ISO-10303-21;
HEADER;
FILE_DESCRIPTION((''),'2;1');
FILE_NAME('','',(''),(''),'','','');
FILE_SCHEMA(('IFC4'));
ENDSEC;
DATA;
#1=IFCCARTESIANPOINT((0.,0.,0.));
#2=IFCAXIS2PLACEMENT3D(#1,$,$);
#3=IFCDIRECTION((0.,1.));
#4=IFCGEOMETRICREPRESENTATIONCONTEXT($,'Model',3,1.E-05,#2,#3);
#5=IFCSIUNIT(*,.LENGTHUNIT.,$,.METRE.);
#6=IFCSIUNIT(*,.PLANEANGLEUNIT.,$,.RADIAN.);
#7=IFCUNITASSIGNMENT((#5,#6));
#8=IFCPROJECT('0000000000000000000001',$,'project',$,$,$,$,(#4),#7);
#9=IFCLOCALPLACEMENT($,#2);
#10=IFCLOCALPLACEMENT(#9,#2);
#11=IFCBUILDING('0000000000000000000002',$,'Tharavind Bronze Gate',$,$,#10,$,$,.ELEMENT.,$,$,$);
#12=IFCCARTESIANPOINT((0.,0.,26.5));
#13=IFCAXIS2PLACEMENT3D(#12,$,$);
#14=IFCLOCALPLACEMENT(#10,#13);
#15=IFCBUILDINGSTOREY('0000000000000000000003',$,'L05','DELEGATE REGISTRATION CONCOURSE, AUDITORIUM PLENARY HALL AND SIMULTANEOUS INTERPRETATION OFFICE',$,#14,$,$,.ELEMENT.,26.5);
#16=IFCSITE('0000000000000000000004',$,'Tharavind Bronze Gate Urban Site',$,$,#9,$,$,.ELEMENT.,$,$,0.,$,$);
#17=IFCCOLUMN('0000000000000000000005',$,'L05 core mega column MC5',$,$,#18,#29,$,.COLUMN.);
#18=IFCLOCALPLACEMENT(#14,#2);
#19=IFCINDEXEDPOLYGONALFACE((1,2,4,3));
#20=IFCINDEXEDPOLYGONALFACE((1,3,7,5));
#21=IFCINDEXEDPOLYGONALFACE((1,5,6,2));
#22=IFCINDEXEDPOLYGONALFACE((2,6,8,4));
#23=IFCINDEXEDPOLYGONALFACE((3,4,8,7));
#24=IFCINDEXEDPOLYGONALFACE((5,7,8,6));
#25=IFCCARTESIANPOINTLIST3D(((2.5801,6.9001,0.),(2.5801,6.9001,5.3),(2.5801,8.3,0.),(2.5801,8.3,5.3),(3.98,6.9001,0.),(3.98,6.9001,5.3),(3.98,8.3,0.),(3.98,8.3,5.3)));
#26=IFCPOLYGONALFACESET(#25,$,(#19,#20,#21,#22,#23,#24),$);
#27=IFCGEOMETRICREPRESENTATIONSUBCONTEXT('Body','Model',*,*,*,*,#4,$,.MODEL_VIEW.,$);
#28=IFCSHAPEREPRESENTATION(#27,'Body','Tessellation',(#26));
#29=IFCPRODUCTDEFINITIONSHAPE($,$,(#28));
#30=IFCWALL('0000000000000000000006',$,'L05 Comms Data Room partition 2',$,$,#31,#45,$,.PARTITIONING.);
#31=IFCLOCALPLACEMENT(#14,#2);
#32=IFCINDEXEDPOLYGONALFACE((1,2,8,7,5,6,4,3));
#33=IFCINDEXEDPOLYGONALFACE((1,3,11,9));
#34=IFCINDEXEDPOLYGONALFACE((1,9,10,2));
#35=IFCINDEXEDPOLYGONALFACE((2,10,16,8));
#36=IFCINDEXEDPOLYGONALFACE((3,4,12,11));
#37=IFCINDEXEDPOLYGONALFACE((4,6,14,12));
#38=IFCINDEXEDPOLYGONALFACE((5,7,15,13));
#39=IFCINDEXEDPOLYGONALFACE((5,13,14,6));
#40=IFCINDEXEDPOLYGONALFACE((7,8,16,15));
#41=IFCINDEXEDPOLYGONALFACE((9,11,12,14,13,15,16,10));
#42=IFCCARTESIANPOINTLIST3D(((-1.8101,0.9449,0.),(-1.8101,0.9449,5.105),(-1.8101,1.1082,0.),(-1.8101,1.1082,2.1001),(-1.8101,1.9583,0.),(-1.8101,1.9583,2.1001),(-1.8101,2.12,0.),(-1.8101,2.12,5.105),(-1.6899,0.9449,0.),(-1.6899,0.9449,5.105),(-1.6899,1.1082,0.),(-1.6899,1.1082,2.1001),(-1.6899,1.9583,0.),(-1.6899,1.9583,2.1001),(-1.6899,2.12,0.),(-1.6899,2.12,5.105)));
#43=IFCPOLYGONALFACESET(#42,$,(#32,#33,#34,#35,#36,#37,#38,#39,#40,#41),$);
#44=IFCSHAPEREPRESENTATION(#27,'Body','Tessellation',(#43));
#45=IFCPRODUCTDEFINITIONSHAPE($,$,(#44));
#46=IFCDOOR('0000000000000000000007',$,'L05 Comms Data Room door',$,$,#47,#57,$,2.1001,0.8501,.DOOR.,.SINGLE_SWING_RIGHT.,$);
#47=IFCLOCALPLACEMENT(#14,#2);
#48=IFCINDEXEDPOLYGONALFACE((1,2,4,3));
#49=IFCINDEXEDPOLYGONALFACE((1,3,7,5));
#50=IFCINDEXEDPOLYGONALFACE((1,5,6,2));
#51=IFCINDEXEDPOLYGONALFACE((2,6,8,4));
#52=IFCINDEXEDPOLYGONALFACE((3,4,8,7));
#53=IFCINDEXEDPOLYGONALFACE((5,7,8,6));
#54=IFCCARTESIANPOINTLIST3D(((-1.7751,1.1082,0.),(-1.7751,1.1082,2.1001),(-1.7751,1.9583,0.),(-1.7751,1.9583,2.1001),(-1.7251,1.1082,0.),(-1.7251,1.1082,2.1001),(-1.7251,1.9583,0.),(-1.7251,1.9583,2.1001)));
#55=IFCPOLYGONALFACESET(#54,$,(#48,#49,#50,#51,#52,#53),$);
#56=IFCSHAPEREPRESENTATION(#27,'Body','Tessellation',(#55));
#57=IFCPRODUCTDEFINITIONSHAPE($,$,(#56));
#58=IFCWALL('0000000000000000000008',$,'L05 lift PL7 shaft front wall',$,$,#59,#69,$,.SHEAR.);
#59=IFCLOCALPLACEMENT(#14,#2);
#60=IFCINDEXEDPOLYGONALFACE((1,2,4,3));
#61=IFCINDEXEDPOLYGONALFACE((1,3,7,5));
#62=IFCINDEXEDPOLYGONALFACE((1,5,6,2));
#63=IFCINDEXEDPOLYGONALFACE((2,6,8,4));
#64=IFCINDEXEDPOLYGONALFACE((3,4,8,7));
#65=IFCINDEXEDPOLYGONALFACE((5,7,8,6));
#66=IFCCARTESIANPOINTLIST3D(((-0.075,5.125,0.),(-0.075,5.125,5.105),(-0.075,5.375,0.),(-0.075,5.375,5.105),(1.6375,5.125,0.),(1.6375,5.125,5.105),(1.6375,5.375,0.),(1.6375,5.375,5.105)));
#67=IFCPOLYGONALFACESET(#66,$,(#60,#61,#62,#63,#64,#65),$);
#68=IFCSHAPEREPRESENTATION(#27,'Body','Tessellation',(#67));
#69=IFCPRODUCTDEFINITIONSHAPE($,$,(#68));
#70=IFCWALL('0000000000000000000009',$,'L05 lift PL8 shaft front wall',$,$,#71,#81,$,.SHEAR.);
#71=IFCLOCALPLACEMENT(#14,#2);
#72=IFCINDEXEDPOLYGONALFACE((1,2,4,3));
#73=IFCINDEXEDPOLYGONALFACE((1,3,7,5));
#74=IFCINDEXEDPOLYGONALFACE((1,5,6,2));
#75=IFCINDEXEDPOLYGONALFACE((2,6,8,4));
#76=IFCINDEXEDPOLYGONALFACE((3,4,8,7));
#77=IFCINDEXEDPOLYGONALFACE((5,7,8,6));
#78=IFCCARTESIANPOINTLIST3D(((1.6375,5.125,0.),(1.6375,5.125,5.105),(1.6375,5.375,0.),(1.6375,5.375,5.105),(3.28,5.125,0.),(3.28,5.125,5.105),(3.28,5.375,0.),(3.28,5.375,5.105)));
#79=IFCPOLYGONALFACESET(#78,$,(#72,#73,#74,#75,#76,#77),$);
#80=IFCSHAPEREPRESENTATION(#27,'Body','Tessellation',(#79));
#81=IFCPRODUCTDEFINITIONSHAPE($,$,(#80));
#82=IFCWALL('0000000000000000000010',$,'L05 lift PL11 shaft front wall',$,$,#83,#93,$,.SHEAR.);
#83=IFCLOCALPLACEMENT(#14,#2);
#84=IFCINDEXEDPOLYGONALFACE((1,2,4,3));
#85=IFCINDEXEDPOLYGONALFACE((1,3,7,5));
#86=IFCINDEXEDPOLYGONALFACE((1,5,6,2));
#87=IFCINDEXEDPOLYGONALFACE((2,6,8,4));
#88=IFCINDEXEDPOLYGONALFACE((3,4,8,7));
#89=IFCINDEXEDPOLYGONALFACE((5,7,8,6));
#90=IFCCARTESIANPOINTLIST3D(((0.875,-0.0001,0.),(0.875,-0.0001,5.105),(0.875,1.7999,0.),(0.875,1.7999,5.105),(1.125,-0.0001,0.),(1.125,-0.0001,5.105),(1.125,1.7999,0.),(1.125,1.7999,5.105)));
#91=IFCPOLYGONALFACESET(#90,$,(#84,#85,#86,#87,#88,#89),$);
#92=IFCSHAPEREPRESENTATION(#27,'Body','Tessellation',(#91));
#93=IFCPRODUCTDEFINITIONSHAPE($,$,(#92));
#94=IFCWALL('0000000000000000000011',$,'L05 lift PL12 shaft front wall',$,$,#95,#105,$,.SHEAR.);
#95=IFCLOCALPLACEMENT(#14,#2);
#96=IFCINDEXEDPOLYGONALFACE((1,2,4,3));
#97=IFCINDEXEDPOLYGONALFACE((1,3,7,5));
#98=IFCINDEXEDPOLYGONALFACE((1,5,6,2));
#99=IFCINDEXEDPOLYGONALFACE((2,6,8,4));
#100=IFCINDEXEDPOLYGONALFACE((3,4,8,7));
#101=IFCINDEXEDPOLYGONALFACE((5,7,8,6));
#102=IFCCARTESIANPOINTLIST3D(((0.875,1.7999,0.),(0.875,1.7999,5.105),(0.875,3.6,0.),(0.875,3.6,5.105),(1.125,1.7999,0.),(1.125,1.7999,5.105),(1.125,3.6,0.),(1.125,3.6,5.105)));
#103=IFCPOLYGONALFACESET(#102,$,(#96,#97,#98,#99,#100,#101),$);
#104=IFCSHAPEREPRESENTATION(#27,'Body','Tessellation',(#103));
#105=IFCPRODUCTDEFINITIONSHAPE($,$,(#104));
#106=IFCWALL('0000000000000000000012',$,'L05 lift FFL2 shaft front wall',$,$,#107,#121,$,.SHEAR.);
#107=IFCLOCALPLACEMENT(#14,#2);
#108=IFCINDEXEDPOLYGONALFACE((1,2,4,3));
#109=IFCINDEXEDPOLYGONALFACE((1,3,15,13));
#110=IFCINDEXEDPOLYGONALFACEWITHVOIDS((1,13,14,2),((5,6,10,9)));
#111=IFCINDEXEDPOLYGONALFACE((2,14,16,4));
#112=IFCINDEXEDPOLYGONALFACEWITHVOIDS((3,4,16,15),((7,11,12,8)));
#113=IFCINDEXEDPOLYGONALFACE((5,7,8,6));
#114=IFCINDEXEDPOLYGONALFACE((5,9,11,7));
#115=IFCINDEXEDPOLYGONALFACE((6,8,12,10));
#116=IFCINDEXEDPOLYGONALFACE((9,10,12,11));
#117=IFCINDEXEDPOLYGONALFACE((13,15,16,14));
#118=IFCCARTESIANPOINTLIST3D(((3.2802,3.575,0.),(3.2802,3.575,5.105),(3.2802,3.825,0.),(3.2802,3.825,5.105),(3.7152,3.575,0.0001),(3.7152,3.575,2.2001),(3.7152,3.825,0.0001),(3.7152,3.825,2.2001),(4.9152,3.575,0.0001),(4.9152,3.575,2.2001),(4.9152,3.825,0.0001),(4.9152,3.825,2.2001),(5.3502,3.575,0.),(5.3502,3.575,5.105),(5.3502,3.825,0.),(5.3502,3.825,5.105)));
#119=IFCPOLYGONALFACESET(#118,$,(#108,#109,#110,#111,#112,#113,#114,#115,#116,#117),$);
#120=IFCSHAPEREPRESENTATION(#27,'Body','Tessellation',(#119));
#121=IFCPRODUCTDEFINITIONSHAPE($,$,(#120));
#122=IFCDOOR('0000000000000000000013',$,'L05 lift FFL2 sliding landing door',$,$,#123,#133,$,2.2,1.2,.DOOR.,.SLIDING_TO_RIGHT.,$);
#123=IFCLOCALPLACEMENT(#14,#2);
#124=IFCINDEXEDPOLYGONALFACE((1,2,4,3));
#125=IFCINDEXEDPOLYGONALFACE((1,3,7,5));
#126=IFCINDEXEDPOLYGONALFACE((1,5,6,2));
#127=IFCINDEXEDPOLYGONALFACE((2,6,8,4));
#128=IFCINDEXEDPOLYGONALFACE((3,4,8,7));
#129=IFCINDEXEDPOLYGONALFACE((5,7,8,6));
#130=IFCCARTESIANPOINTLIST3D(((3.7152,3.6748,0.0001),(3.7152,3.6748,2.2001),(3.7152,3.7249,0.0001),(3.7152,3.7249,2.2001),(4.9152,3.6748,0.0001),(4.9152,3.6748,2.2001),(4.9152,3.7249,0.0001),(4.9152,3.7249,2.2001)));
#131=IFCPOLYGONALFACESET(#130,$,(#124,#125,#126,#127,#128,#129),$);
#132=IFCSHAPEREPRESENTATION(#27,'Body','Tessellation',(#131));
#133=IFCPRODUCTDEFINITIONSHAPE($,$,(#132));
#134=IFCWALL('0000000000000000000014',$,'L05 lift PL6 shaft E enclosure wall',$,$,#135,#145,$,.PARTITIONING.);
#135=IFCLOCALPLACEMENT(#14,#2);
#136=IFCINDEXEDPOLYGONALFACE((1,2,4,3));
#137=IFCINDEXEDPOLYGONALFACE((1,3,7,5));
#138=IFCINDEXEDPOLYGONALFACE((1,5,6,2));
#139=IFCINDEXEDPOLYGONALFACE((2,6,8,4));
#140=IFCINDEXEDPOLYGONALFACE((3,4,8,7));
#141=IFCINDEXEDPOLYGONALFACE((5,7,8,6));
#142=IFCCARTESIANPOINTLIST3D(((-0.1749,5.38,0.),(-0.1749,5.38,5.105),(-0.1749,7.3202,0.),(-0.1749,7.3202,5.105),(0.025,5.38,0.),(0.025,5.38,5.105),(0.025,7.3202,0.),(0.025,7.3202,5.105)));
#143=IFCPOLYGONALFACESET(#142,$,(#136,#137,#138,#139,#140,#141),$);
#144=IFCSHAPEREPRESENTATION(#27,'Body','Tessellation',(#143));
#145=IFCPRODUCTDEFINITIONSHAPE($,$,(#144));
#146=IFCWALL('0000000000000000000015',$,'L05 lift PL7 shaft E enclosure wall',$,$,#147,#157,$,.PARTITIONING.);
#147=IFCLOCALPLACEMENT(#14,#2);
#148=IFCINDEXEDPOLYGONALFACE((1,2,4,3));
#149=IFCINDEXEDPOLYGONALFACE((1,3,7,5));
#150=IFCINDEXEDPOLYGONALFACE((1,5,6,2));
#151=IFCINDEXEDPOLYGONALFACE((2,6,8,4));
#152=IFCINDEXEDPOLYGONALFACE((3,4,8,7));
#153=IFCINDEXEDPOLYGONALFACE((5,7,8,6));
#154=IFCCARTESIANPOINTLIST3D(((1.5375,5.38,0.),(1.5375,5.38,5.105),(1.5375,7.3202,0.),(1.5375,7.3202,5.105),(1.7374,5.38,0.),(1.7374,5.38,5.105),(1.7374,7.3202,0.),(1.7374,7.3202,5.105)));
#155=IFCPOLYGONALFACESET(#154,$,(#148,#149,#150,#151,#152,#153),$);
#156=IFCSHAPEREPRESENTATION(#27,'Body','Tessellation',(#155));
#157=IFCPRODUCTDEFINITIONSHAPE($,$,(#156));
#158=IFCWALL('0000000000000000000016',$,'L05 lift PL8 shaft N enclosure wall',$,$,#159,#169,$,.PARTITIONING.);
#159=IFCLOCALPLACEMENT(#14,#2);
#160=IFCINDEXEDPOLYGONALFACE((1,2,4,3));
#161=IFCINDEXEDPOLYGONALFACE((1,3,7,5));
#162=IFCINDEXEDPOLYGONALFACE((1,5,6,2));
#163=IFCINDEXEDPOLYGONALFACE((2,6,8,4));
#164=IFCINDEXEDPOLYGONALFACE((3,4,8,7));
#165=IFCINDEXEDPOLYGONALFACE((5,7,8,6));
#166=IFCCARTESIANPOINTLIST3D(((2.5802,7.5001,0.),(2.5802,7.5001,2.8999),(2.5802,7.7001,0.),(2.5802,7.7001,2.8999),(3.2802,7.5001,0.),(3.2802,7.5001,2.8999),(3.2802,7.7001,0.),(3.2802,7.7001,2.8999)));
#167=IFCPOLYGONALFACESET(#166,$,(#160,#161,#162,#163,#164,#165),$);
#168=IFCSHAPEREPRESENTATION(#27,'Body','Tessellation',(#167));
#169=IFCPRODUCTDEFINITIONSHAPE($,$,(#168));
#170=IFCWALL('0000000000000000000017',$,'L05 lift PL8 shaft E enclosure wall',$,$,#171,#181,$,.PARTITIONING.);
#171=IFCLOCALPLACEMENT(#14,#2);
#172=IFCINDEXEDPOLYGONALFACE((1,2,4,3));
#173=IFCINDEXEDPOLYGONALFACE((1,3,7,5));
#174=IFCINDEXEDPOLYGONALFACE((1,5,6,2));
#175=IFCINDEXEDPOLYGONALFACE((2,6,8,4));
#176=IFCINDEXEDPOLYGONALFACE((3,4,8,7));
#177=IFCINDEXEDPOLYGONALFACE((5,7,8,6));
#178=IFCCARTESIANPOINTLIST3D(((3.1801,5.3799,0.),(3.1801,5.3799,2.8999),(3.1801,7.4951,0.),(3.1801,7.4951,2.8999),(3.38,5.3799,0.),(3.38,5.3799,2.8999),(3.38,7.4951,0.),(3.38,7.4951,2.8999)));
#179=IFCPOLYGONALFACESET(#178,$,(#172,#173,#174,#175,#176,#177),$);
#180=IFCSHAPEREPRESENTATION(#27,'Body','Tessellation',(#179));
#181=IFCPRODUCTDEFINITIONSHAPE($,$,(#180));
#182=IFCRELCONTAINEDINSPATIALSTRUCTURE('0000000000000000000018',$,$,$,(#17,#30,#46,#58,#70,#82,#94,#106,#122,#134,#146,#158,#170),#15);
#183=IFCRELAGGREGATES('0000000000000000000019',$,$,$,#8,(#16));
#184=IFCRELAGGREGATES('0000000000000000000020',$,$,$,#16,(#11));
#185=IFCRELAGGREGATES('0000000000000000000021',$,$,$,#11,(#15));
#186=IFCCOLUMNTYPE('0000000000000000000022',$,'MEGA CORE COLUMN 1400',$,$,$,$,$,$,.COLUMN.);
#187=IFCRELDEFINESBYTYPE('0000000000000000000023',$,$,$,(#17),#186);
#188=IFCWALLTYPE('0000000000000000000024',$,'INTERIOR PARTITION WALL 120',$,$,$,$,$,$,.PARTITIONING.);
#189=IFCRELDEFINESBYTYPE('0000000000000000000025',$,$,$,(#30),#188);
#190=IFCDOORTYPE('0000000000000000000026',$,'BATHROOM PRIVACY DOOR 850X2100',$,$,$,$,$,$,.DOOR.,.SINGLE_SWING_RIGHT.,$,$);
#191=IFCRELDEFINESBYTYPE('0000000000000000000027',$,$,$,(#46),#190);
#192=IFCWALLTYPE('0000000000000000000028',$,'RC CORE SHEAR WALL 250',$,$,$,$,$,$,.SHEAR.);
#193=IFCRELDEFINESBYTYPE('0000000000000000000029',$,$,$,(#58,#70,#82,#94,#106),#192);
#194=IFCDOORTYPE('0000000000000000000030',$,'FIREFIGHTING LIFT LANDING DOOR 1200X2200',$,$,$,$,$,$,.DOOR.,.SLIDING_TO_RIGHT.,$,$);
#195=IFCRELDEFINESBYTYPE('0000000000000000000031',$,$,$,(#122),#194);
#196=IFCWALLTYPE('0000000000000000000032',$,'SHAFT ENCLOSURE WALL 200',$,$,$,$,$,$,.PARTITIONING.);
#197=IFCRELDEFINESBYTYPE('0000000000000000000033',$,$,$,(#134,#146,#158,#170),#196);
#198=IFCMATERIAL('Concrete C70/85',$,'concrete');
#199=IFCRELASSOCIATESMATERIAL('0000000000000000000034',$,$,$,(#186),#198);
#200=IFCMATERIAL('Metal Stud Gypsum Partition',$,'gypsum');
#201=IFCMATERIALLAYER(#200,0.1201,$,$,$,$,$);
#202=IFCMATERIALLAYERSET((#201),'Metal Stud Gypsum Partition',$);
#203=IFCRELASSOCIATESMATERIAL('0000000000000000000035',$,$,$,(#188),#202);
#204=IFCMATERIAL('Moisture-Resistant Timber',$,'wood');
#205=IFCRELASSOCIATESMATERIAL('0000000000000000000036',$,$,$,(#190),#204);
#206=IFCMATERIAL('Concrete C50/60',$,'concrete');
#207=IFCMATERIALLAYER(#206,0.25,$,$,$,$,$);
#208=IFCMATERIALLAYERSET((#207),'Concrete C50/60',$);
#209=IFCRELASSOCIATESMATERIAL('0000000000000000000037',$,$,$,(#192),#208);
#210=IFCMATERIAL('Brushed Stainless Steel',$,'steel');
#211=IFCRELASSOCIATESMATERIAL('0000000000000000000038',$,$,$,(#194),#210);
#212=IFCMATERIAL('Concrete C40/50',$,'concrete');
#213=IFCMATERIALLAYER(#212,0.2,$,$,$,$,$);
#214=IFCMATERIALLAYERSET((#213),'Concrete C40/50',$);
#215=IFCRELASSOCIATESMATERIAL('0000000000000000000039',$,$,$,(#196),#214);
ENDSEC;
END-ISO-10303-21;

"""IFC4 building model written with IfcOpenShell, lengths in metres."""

from ifc_helpers import new_model, si_unit, direction, frame, frame_2d, origin, origin_2d, place, context, subcontext, project, spatial, rectangle, extrude, material, layer, layer_set, material_profile, profile_set, type_object, element, fill, save


model = new_model("IFC4")

# Units and contexts
model_context = context("Model", 3, precision=1e-05, world=origin(), true_north=direction((0.0, 1.0)))
body_context = subcontext(model_context, "Body", "Model", "MODEL_VIEW")
ifc_project = project(units=[si_unit("LENGTHUNIT", "METRE"), si_unit("PLANEANGLEUNIT", "RADIAN")], contexts=[model_context])

# Site, building, storey
site_placement = place(None, origin())
site = spatial("IfcSite", under=ifc_project, at=site_placement, Name="Tharavind Bronze Gate Urban Site", CompositionType="ELEMENT", RefElevation=0.0)
building_placement = place(site_placement, origin())
building = spatial("IfcBuilding", under=site, at=building_placement, Name="Tharavind Bronze Gate", CompositionType="ELEMENT")
storey_placement = place(building_placement, frame((0.0, 0.0, 26.5)))
storey = spatial("IfcBuildingStorey", under=building, at=storey_placement, Name="L05", Description="DELEGATE REGISTRATION CONCOURSE, AUDITORIUM PLENARY HALL AND SIMULTANEOUS INTERPRETATION OFFICE", CompositionType="ELEMENT", Elevation=26.5)

# Column
ifc_material_1 = material(Name="Concrete C70/85", Category="concrete")
ifc_material_profile = material_profile(ifc_material_1, rectangle(XDim=1.3999, YDim=1.3999, at=origin_2d()), Name="RCCOL1400")
ifc_profile_set = profile_set([ifc_material_profile], Name="Concrete C70/85")
column_type = type_object("IfcColumnType", Name="MEGA CORE COLUMN 1400", PredefinedType="COLUMN", material=ifc_profile_set)
column_placement = place(storey_placement, frame((3.28, 7.6001, 0.0), z_axis=(0.0, 0.0, 1.0), x_axis=(1.0, 0.0, 0.0)))
element("IfcColumn", 1, at=column_placement, inside=storey, type_object=column_type, Name="L05 core mega column MC5", PredefinedType="COLUMN", context=body_context, shape_type="SweptSolid", body=[
    extrude(rectangle(XDim=1.3999, YDim=1.3999, at=origin_2d()), origin(), (0.0, 0.0, 1.0), 5.3),
])

# Wall, opening, door
ifc_material_2 = material(Name="Metal Stud Gypsum Partition", Category="gypsum")
ifc_layer_1 = layer(ifc_material_2, 0.1201)
ifc_layer_set_1 = layer_set([ifc_layer_1], Name="Metal Stud Gypsum Partition")
wall_type_1 = type_object("IfcWallType", Name="INTERIOR PARTITION WALL 120", PredefinedType="PARTITIONING", material=ifc_layer_set_1)
wall_1_placement = place(storey_placement, frame((-1.75, 0.9451, 0.0), z_axis=(0.0, 0.0, 1.0), x_axis=(0.0, 1.0, 0.0)))
wall_1 = element("IfcWall", 2, at=wall_1_placement, inside=storey, type_object=wall_type_1, Name="L05 Comms Data Room partition 2", PredefinedType="PARTITIONING", context=body_context, shape_type="SweptSolid", body=[
    extrude(rectangle(XDim=1.175, YDim=0.1201, at=frame_2d((0.5874, 0.0))), origin(), (0.0, 0.0, 1.0), 5.105),
])
opening_1_placement = place(wall_1_placement, frame((0.1631, 0.0, 0.0)))
opening_1 = element("IfcOpeningElement", 3, at=opening_1_placement, cuts=wall_1, PredefinedType="OPENING", context=body_context, shape_type="SweptSolid", body=[
    extrude(rectangle(XDim=0.8501, YDim=2.1001, at=frame_2d((0.425, 1.05))), frame((0.0, 0.0701, 0.0), z_axis=(0.0, -1.0, 0.0), x_axis=(1.0, 0.0, 0.0)), (0.0, 0.0, 1.0), 0.1401),
])
ifc_material_3 = material(Name="Moisture-Resistant Timber", Category="wood")
door_type_1 = type_object("IfcDoorType", Name="BATHROOM PRIVACY DOOR 850X2100", OperationType="SINGLE_SWING_RIGHT", PredefinedType="DOOR", material=ifc_material_3)
door_1_placement = place(opening_1_placement, frame((0.8501, 0.0, 0.0), z_axis=(0.0, 0.0, 1.0), x_axis=(-1.0, 0.0, 0.0)))
door_1 = element("IfcDoor", 4, at=door_1_placement, inside=storey, type_object=door_type_1, Name="L05 Comms Data Room door", OperationType="SINGLE_SWING_RIGHT", OverallHeight=2.1001, OverallWidth=0.8501, PredefinedType="DOOR", context=body_context, shape_type="SweptSolid", body=[
    extrude(rectangle(XDim=0.8501, YDim=2.1001, at=frame_2d((0.425, 1.05))), frame((0.0, 0.0249, 0.0), z_axis=(0.0, -1.0, 0.0), x_axis=(1.0, 0.0, 0.0)), (0.0, 0.0, 1.0), 0.05),
])
fill(opening_1, door_1)
ifc_material_4 = material(Name="Concrete C50/60", Category="concrete")
ifc_layer_2 = layer(ifc_material_4, 0.25)
ifc_layer_set_2 = layer_set([ifc_layer_2], Name="Concrete C50/60")
wall_type_2 = type_object("IfcWallType", Name="RC CORE SHEAR WALL 250", PredefinedType="SHEAR", material=ifc_layer_set_2)

# Walls
wall_2_placement = place(storey_placement, frame((-0.075, 5.25, 0.0), z_axis=(0.0, 0.0, 1.0), x_axis=(1.0, 0.0, 0.0)))
element("IfcWall", 5, at=wall_2_placement, inside=storey, type_object=wall_type_2, Name="L05 lift PL7 shaft front wall", PredefinedType="SHEAR", context=body_context, shape_type="SweptSolid", body=[
    extrude(rectangle(XDim=1.7124, YDim=0.25, at=frame_2d((0.8562, 0.0))), origin(), (0.0, 0.0, 1.0), 5.105),
])
wall_3_placement = place(storey_placement, frame((1.6375, 5.25, 0.0), z_axis=(0.0, 0.0, 1.0), x_axis=(1.0, 0.0, 0.0)))
element("IfcWall", 6, at=wall_3_placement, inside=storey, type_object=wall_type_2, Name="L05 lift PL8 shaft front wall", PredefinedType="SHEAR", context=body_context, shape_type="SweptSolid", body=[
    extrude(rectangle(XDim=1.6426, YDim=0.25, at=frame_2d((0.8213, 0.0))), origin(), (0.0, 0.0, 1.0), 5.105),
])
for number, where, z_axis, x_axis, name in (
    (7, (1.0, 0.0, 0.0), (0.0, 0.0, 1.0), (0.0, 1.0, 0.0), "L05 lift PL11 shaft front wall"),
    (8, (1.0, 1.8, 0.0), (0.0, 0.0, 1.0), (0.0, 1.0, 0.0), "L05 lift PL12 shaft front wall"),
):
    element("IfcWall", number, at=place(storey_placement, frame(where, z_axis=z_axis, x_axis=x_axis)), inside=storey, type_object=wall_type_2, Name=name, PredefinedType="SHEAR", context=body_context, shape_type="SweptSolid", body=[
        extrude(rectangle(XDim=1.8, YDim=0.25, at=frame_2d((0.8999, 0.0))), origin(), (0.0, 0.0, 1.0), 5.105),
    ])

# Wall, opening, door
wall_4_placement = place(storey_placement, frame((3.28, 3.7, 0.0), z_axis=(0.0, 0.0, 1.0), x_axis=(1.0, 0.0, 0.0)))
wall_4 = element("IfcWall", 9, at=wall_4_placement, inside=storey, type_object=wall_type_2, Name="L05 lift FFL2 shaft front wall", PredefinedType="SHEAR", context=body_context, shape_type="SweptSolid", body=[
    extrude(rectangle(XDim=2.0701, YDim=0.25, at=frame_2d((1.0352, 0.0))), origin(), (0.0, 0.0, 1.0), 5.105),
])
opening_2_placement = place(wall_4_placement, frame((0.4351, 0.0, 0.0)))
opening_2 = element("IfcOpeningElement", 10, at=opening_2_placement, cuts=wall_4, PredefinedType="OPENING", context=body_context, shape_type="SweptSolid", body=[
    extrude(rectangle(XDim=1.2, YDim=2.2, at=frame_2d((0.6001, 1.1001))), frame((0.0, 0.135, 0.0), z_axis=(0.0, -1.0, 0.0), x_axis=(1.0, 0.0, 0.0)), (0.0, 0.0, 1.0), 0.27),
])
ifc_material_5 = material(Name="Brushed Stainless Steel", Category="steel")
door_type_2 = type_object("IfcDoorType", Name="FIREFIGHTING LIFT LANDING DOOR 1200X2200", OperationType="SLIDING_TO_RIGHT", PredefinedType="DOOR", material=ifc_material_5)
door_2_placement = place(opening_2_placement, origin())
door_2 = element("IfcDoor", 11, at=door_2_placement, inside=storey, type_object=door_type_2, Name="L05 lift FFL2 sliding landing door", OperationType="SLIDING_TO_RIGHT", OverallHeight=2.2, OverallWidth=1.2, PredefinedType="DOOR", context=body_context, shape_type="SweptSolid", body=[
    extrude(rectangle(XDim=1.2, YDim=2.2, at=frame_2d((0.6001, 1.1001))), frame((0.0, 0.0249, 0.0), z_axis=(0.0, -1.0, 0.0), x_axis=(1.0, 0.0, 0.0)), (0.0, 0.0, 1.0), 0.05),
])
fill(opening_2, door_2)

# Walls
ifc_material_6 = material(Name="Concrete C40/50", Category="concrete")
ifc_layer_3 = layer(ifc_material_6, 0.2)
ifc_layer_set_3 = layer_set([ifc_layer_3], Name="Concrete C40/50")
wall_type_3 = type_object("IfcWallType", Name="SHAFT ENCLOSURE WALL 200", PredefinedType="PARTITIONING", material=ifc_layer_set_3)
for number, where, z_axis, x_axis, name in (
    (12, (-0.075, 5.3799, 0.0), (0.0, 0.0, 1.0), (0.0, 1.0, 0.0), "L05 lift PL6 shaft E enclosure wall"),
    (13, (1.6375, 5.3799, 0.0), (0.0, 0.0, 1.0), (0.0, 1.0, 0.0), "L05 lift PL7 shaft E enclosure wall"),
):
    element("IfcWall", number, at=place(storey_placement, frame(where, z_axis=z_axis, x_axis=x_axis)), inside=storey, type_object=wall_type_3, Name=name, PredefinedType="PARTITIONING", context=body_context, shape_type="SweptSolid", body=[
        extrude(rectangle(XDim=1.9402, YDim=0.2, at=frame_2d((0.9702, 0.0))), origin(), (0.0, 0.0, 1.0), 5.105),
    ])
wall_5_placement = place(storey_placement, frame((2.5801, 7.6001, 0.0), z_axis=(0.0, 0.0, 1.0), x_axis=(1.0, 0.0, 0.0)))
element("IfcWall", 14, at=wall_5_placement, inside=storey, type_object=wall_type_3, Name="L05 lift PL8 shaft N enclosure wall", PredefinedType="PARTITIONING", context=body_context, shape_type="SweptSolid", body=[
    extrude(rectangle(XDim=0.7, YDim=0.2, at=frame_2d((0.3501, 0.0))), origin(), (0.0, 0.0, 1.0), 2.8999),
])
wall_6_placement = place(storey_placement, frame((3.28, 5.3799, 0.0), z_axis=(0.0, 0.0, 1.0), x_axis=(0.0, 1.0, 0.0)))
element("IfcWall", 15, at=wall_6_placement, inside=storey, type_object=wall_type_3, Name="L05 lift PL8 shaft E enclosure wall", PredefinedType="PARTITIONING", context=body_context, shape_type="SweptSolid", body=[
    extrude(rectangle(XDim=2.1152, YDim=0.2, at=frame_2d((1.0576, 0.0))), origin(), (0.0, 0.0, 1.0), 2.8999),
])

save(model, "model.ifc")
